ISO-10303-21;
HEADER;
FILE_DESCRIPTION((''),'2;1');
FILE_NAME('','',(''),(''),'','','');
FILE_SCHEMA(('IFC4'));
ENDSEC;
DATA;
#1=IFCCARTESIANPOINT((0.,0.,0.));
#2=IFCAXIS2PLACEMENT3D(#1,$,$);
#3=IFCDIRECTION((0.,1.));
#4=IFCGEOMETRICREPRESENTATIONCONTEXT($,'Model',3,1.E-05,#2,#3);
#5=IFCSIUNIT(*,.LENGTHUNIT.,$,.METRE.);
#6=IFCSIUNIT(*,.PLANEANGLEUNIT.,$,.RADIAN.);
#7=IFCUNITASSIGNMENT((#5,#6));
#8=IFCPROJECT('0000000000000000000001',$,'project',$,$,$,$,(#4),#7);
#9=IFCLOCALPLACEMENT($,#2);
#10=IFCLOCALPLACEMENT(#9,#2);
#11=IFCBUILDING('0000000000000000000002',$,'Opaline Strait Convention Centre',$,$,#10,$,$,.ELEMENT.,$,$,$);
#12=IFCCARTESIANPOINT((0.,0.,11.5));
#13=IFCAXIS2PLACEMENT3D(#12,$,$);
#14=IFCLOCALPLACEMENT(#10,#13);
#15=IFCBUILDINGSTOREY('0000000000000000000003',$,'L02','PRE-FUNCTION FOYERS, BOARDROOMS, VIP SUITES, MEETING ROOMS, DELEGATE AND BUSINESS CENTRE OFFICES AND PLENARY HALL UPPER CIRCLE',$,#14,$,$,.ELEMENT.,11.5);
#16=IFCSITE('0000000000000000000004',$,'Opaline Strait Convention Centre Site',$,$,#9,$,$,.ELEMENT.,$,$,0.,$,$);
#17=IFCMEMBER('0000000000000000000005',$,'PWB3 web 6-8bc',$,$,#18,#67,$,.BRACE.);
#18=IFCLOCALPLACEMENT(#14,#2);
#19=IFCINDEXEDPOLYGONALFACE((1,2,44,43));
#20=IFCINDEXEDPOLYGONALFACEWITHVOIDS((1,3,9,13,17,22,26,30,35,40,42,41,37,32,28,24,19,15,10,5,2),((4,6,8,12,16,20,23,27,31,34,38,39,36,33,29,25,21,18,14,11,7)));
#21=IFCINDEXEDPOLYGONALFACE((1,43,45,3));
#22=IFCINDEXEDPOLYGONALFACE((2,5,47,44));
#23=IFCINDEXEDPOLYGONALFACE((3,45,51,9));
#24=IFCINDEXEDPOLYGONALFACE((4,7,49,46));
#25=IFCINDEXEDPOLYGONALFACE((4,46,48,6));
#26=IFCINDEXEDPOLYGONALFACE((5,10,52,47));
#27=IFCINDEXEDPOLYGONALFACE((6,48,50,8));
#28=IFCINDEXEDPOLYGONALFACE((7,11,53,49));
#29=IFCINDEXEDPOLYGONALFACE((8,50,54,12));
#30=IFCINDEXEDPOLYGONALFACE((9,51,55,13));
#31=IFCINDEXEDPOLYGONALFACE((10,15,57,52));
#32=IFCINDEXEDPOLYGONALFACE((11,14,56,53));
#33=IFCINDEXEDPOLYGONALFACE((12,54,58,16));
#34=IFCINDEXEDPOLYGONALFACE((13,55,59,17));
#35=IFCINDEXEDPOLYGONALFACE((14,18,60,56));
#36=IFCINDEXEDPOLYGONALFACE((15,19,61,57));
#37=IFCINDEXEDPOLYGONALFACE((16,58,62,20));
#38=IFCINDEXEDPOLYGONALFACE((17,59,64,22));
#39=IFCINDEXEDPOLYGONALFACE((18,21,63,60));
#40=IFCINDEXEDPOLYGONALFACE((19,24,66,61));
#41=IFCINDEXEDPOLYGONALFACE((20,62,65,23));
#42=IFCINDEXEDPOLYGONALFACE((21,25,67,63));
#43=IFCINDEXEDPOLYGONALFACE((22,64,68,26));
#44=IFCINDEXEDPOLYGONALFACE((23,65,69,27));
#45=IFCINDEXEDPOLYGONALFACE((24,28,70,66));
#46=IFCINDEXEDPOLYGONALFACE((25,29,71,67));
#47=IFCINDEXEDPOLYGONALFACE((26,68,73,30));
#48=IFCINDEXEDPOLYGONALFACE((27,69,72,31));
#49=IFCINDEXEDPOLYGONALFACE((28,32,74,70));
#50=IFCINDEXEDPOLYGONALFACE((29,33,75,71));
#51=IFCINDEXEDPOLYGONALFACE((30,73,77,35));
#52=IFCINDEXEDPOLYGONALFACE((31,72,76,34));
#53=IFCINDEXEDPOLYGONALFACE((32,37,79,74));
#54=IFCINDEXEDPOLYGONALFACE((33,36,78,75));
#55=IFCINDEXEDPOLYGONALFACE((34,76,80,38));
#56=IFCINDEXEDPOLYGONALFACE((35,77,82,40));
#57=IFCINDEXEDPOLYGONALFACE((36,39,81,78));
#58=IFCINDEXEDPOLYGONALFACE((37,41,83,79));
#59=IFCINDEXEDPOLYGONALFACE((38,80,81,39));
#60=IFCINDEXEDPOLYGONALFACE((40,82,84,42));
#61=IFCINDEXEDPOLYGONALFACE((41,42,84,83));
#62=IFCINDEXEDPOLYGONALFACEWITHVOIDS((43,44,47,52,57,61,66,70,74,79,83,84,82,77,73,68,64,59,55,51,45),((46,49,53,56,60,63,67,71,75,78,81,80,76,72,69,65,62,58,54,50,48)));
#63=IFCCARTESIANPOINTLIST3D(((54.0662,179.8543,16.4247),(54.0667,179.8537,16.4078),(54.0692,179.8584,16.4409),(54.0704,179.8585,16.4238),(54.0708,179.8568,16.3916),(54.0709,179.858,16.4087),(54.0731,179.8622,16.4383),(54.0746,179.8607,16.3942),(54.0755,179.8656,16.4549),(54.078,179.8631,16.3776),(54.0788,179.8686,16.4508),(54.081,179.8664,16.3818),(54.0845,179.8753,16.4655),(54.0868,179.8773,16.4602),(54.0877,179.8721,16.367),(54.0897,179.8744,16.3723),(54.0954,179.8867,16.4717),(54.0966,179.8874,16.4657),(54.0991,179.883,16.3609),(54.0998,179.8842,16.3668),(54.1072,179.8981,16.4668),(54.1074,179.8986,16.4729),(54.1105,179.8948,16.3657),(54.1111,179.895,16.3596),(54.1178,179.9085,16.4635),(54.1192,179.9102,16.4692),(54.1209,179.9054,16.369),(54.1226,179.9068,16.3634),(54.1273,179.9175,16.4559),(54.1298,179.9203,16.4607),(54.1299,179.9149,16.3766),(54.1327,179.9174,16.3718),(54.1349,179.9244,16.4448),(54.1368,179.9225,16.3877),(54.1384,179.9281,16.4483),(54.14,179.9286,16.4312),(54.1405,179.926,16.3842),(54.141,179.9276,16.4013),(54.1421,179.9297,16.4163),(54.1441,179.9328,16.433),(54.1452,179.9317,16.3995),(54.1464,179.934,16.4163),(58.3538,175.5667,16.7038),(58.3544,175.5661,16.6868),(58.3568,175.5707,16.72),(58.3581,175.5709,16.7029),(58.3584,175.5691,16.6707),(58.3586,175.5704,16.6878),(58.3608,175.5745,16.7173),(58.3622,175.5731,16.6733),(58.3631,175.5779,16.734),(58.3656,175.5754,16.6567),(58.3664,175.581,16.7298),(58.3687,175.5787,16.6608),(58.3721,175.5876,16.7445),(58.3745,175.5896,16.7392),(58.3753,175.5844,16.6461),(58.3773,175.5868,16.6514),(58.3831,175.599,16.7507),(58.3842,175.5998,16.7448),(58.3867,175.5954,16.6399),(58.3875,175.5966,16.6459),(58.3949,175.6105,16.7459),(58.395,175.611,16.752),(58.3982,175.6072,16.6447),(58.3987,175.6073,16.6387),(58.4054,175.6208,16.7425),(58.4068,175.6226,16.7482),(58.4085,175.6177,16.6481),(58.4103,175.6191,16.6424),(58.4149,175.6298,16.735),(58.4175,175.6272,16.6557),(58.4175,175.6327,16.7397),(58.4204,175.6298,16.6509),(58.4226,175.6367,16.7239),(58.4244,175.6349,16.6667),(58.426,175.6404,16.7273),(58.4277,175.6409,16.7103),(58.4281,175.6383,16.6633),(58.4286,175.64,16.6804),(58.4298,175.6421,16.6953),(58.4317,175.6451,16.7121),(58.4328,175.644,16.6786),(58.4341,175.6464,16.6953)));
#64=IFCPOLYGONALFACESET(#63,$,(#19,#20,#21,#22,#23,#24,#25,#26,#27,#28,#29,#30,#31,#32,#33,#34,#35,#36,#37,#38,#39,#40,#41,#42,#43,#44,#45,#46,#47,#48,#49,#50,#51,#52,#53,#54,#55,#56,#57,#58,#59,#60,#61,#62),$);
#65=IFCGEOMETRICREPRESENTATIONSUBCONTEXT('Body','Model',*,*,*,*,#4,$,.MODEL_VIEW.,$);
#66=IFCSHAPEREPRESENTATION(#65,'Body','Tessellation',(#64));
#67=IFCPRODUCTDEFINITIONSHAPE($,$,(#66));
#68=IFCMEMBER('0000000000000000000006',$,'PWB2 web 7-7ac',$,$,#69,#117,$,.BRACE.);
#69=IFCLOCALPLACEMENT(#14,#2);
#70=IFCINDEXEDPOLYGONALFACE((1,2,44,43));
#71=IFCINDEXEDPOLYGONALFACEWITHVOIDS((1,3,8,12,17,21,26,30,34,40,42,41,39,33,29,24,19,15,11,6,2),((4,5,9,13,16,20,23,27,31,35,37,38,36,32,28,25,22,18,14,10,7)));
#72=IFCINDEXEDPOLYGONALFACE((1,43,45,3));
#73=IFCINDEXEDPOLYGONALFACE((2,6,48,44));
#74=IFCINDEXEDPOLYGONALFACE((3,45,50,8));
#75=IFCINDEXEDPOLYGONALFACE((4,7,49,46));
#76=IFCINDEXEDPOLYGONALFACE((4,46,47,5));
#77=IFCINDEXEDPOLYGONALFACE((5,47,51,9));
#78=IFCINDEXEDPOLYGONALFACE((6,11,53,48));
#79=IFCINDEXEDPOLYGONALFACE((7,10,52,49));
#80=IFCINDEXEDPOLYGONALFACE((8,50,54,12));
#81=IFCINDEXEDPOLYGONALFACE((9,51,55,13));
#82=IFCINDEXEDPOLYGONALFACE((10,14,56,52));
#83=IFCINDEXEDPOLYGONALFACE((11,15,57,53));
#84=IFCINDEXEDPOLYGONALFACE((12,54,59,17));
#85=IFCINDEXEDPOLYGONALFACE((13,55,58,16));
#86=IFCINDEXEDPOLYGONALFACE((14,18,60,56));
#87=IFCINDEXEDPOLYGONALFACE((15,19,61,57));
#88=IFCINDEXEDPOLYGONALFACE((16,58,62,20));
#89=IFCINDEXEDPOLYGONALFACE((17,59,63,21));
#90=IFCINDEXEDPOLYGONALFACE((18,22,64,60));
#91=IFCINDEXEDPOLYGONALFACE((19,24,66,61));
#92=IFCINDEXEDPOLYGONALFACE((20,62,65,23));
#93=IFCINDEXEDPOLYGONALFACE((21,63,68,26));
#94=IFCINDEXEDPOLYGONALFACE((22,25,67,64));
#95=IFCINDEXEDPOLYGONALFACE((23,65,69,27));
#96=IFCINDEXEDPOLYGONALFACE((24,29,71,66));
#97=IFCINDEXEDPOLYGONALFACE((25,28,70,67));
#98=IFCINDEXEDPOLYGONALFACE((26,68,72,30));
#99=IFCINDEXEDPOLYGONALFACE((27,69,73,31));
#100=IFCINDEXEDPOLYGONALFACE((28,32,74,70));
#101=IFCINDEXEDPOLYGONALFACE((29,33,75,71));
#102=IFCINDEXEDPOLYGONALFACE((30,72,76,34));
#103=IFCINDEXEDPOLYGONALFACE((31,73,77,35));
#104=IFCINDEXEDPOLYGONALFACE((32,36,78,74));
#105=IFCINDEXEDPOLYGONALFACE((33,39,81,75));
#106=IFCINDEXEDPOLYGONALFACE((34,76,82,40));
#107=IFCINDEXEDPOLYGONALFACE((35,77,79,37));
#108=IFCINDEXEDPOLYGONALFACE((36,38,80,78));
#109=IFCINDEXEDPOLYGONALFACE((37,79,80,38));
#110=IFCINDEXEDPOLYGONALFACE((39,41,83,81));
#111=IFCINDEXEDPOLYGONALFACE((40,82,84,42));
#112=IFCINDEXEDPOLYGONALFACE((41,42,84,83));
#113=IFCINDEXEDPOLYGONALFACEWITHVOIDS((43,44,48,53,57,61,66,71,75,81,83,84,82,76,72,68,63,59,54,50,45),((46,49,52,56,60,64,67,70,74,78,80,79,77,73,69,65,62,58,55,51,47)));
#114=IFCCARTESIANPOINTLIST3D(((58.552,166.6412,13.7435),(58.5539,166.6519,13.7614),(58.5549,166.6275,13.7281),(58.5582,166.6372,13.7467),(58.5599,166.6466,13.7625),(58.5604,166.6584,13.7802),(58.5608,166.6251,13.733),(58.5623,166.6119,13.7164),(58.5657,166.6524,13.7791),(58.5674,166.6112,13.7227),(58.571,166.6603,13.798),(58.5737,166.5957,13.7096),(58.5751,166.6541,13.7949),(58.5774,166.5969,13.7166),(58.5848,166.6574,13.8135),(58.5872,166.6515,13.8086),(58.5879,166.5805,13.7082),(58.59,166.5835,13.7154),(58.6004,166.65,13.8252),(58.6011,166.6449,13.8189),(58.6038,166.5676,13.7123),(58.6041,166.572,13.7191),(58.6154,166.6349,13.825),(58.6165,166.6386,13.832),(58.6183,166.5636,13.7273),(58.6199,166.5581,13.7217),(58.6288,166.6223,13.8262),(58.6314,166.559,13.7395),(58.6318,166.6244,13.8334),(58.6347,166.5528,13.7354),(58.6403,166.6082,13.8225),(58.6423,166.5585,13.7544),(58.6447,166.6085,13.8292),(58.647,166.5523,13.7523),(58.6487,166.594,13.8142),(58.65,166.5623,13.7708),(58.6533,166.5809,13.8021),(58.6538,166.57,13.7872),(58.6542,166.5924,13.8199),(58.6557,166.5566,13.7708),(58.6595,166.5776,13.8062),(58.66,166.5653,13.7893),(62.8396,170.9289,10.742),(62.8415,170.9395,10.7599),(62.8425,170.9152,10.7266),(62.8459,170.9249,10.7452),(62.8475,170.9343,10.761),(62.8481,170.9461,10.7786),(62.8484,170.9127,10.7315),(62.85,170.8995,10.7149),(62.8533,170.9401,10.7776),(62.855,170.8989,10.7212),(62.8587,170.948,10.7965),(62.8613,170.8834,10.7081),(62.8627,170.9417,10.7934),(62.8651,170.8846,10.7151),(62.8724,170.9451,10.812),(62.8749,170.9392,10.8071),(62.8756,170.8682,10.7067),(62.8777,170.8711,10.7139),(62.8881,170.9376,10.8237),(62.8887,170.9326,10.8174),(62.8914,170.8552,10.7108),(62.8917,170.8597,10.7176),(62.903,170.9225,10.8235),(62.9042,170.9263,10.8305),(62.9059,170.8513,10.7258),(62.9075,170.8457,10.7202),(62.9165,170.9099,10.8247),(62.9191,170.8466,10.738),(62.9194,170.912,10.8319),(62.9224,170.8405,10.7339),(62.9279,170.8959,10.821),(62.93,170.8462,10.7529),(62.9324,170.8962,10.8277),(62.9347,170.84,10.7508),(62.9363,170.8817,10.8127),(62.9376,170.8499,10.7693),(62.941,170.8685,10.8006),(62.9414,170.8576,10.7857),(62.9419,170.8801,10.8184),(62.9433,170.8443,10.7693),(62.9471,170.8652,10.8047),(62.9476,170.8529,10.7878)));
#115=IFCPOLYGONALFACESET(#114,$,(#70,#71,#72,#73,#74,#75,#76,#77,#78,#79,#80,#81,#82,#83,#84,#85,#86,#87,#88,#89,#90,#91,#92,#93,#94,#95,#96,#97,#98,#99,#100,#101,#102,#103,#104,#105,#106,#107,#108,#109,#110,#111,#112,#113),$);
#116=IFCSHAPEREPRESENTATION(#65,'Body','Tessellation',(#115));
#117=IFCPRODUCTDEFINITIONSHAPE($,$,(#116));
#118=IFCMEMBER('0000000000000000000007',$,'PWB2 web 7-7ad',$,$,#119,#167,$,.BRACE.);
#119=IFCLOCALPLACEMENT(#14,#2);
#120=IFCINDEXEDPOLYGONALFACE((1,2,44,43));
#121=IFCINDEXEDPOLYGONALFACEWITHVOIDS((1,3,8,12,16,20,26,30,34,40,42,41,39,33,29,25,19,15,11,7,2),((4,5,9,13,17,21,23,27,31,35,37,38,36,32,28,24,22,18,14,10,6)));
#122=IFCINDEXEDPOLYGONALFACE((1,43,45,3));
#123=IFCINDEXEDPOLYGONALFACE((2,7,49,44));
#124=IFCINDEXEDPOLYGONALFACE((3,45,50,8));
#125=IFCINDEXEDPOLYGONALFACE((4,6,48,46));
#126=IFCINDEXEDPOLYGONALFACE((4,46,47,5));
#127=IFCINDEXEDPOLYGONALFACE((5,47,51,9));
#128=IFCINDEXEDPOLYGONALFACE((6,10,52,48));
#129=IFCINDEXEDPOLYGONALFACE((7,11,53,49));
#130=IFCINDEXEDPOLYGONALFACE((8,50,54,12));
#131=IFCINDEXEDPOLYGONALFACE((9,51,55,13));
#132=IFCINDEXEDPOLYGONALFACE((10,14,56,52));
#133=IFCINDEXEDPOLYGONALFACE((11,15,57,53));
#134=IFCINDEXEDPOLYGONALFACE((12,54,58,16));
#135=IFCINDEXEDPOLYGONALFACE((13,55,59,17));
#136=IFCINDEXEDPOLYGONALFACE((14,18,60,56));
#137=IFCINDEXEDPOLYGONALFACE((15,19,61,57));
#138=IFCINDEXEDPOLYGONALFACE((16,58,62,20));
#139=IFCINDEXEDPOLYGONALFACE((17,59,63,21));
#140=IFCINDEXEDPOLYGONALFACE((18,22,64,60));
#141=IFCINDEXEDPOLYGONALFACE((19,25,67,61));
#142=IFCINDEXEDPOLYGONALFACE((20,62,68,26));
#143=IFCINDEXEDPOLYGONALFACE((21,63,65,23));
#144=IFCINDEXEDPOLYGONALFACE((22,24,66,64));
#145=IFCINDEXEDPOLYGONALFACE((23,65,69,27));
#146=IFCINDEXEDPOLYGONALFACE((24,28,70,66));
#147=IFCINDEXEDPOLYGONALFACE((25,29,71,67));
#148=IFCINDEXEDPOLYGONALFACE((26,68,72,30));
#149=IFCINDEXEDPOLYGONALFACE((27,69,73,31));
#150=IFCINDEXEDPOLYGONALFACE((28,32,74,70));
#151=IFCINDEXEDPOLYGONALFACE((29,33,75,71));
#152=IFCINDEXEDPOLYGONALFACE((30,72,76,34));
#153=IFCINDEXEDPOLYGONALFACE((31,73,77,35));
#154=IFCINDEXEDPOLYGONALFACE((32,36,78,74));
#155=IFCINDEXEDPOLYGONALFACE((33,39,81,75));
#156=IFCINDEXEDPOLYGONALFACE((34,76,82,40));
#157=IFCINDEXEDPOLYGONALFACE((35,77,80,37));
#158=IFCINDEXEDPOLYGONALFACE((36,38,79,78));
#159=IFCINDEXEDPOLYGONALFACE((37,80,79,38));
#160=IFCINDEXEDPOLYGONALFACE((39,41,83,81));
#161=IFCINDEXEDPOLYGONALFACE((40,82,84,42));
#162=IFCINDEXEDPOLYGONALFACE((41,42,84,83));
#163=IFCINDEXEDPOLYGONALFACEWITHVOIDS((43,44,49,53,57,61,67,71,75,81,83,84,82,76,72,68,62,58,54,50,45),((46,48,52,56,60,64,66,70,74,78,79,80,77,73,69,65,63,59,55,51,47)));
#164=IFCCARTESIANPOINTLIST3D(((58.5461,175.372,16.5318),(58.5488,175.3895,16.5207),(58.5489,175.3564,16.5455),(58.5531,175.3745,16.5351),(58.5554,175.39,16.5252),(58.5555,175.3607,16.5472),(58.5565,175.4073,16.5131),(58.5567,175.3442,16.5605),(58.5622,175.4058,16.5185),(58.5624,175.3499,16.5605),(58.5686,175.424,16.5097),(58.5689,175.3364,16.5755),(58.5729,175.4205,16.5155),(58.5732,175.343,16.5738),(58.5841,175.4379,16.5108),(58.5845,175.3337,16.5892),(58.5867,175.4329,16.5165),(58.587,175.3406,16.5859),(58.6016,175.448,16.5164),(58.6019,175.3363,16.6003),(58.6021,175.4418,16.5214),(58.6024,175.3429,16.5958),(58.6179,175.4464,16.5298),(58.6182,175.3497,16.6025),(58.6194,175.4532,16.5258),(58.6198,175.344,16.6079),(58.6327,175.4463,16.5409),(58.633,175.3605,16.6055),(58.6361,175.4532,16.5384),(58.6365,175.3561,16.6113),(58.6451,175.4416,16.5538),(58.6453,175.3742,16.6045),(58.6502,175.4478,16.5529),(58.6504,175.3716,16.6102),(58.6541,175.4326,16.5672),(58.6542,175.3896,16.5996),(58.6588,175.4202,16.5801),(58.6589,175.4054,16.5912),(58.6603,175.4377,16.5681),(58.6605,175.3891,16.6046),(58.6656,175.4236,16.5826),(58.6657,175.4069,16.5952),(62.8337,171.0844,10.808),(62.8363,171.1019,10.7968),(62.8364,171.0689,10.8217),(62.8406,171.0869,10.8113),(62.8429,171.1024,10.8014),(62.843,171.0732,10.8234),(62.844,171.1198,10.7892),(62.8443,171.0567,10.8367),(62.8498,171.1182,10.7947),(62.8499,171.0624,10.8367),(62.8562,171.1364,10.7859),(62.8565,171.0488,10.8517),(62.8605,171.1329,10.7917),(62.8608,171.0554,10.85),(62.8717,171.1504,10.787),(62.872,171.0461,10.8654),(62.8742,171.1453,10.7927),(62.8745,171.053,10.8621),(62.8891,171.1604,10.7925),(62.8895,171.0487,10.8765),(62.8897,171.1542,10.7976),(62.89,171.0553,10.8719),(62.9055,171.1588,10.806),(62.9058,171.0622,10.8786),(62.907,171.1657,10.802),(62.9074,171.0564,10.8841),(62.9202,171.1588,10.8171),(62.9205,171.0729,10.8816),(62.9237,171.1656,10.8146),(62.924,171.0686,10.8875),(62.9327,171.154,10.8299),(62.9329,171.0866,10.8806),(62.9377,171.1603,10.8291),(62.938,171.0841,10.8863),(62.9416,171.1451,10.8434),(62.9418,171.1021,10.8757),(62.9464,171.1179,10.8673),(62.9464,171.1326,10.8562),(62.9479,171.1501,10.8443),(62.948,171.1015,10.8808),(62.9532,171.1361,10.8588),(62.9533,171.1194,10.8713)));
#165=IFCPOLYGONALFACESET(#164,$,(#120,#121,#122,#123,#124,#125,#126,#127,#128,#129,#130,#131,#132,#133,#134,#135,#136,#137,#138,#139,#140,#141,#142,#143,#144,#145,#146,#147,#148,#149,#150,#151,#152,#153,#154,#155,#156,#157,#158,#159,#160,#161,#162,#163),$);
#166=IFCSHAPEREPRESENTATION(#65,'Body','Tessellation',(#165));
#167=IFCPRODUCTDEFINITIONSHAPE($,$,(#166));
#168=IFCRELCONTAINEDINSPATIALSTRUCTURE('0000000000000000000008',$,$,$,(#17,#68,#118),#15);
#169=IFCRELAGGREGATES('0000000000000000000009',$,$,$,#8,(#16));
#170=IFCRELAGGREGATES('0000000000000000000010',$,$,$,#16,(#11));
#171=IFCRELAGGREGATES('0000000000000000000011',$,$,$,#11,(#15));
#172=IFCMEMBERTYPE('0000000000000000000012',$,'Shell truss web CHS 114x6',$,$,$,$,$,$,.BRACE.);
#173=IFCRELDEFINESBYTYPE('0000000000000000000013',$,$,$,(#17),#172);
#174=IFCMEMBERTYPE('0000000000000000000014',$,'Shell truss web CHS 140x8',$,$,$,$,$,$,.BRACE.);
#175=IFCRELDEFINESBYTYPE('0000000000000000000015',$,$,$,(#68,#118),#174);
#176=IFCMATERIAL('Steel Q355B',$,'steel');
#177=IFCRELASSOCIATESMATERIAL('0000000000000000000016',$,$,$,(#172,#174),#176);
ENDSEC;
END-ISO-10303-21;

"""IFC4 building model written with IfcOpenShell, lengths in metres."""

from ifc_helpers import new_model, si_unit, direction, frame, origin, origin_2d, place, context, subcontext, project, spatial, hollow_circle, extrude, material, material_profile, profile_set, type_object, element, save


model = new_model("IFC4")

# Units and contexts
model_context = context("Model", 3, precision=1e-05, world=origin(), true_north=direction((0.0, 1.0)))
body_context = subcontext(model_context, "Body", "Model", "MODEL_VIEW")
ifc_project = project(units=[si_unit("LENGTHUNIT", "METRE"), si_unit("PLANEANGLEUNIT", "RADIAN")], contexts=[model_context])

# Site, building, storey
site_placement = place(None, origin())
site = spatial("IfcSite", under=ifc_project, at=site_placement, Name="Opaline Strait Convention Centre Site", CompositionType="ELEMENT", RefElevation=0.0)
building_placement = place(site_placement, origin())
building = spatial("IfcBuilding", under=site, at=building_placement, Name="Opaline Strait Convention Centre", CompositionType="ELEMENT")
storey_placement = place(building_placement, frame((0.0, 0.0, 11.5)))
storey = spatial("IfcBuildingStorey", under=building, at=storey_placement, Name="L02", Description="PRE-FUNCTION FOYERS, BOARDROOMS, VIP SUITES, MEETING ROOMS, DELEGATE AND BUSINESS CENTRE OFFICES AND PLENARY HALL UPPER CIRCLE", CompositionType="ELEMENT", Elevation=11.5)

# Members
ifc_material_1 = material(Name="Steel Q355B", Category="steel")
ifc_material_profile_1 = material_profile(ifc_material_1, hollow_circle(Radius=0.0569, WallThickness=0.0061, at=origin_2d()), Name="CHS 114x6")
ifc_profile_set_1 = profile_set([ifc_material_profile_1], Name="Steel Q355B")
member_type_1 = type_object("IfcMemberType", Name="Shell truss web CHS 114x6", PredefinedType="BRACE", material=ifc_profile_set_1)
member_1_placement = place(storey_placement, frame((54.1062, 179.8938, 16.4163), z_axis=(0.706359, -0.706359, 0.045972), x_axis=(0.707107, 0.707107, 0.0)))
element("IfcMember", 1, at=member_1_placement, inside=storey, type_object=member_type_1, Name="PWB3 web 6-8bc", PredefinedType="BRACE", context=body_context, shape_type="SweptSolid", body=[
    extrude(hollow_circle(Radius=0.0569, WallThickness=0.0061, at=origin_2d()), origin(), (0.0, 0.0, 1.0), 6.0701),
])
ifc_material_profile_2 = material_profile(ifc_material_1, hollow_circle(Radius=0.0701, WallThickness=0.0081, at=origin_2d()), Name="CHS 140x8")
ifc_profile_set_2 = profile_set([ifc_material_profile_2], Name="Steel Q355B")
member_type_2 = type_object("IfcMemberType", Name="Shell truss web CHS 140x8", PredefinedType="BRACE", material=ifc_profile_set_2)
member_2_placement = place(storey_placement, frame((62.8938, 170.8938, 10.7693), z_axis=(-0.633718, -0.633718, 0.443624), x_axis=(0.707107, -0.707107, 0.0)))
element("IfcMember", 2, at=member_2_placement, inside=storey, type_object=member_type_2, Name="PWB2 web 7-7ac", PredefinedType="BRACE", context=body_context, shape_type="SweptSolid", body=[
    extrude(hollow_circle(Radius=0.0701, WallThickness=0.0081, at=origin_2d()), origin(), (0.0, 0.0, 1.0), 6.7659),
])
member_3_placement = place(storey_placement, frame((62.8938, 171.1062, 10.8367), z_axis=(-0.514196, 0.514196, 0.686444), x_axis=(-0.707107, -0.707107, 0.0)))
element("IfcMember", 3, at=member_3_placement, inside=storey, type_object=member_type_2, Name="PWB2 web 7-7ad", PredefinedType="BRACE", context=body_context, shape_type="SweptSolid", body=[
    extrude(hollow_circle(Radius=0.0701, WallThickness=0.0081, at=origin_2d()), origin(), (0.0, 0.0, 1.0), 8.3384),
])

save(model, "model.ifc")
